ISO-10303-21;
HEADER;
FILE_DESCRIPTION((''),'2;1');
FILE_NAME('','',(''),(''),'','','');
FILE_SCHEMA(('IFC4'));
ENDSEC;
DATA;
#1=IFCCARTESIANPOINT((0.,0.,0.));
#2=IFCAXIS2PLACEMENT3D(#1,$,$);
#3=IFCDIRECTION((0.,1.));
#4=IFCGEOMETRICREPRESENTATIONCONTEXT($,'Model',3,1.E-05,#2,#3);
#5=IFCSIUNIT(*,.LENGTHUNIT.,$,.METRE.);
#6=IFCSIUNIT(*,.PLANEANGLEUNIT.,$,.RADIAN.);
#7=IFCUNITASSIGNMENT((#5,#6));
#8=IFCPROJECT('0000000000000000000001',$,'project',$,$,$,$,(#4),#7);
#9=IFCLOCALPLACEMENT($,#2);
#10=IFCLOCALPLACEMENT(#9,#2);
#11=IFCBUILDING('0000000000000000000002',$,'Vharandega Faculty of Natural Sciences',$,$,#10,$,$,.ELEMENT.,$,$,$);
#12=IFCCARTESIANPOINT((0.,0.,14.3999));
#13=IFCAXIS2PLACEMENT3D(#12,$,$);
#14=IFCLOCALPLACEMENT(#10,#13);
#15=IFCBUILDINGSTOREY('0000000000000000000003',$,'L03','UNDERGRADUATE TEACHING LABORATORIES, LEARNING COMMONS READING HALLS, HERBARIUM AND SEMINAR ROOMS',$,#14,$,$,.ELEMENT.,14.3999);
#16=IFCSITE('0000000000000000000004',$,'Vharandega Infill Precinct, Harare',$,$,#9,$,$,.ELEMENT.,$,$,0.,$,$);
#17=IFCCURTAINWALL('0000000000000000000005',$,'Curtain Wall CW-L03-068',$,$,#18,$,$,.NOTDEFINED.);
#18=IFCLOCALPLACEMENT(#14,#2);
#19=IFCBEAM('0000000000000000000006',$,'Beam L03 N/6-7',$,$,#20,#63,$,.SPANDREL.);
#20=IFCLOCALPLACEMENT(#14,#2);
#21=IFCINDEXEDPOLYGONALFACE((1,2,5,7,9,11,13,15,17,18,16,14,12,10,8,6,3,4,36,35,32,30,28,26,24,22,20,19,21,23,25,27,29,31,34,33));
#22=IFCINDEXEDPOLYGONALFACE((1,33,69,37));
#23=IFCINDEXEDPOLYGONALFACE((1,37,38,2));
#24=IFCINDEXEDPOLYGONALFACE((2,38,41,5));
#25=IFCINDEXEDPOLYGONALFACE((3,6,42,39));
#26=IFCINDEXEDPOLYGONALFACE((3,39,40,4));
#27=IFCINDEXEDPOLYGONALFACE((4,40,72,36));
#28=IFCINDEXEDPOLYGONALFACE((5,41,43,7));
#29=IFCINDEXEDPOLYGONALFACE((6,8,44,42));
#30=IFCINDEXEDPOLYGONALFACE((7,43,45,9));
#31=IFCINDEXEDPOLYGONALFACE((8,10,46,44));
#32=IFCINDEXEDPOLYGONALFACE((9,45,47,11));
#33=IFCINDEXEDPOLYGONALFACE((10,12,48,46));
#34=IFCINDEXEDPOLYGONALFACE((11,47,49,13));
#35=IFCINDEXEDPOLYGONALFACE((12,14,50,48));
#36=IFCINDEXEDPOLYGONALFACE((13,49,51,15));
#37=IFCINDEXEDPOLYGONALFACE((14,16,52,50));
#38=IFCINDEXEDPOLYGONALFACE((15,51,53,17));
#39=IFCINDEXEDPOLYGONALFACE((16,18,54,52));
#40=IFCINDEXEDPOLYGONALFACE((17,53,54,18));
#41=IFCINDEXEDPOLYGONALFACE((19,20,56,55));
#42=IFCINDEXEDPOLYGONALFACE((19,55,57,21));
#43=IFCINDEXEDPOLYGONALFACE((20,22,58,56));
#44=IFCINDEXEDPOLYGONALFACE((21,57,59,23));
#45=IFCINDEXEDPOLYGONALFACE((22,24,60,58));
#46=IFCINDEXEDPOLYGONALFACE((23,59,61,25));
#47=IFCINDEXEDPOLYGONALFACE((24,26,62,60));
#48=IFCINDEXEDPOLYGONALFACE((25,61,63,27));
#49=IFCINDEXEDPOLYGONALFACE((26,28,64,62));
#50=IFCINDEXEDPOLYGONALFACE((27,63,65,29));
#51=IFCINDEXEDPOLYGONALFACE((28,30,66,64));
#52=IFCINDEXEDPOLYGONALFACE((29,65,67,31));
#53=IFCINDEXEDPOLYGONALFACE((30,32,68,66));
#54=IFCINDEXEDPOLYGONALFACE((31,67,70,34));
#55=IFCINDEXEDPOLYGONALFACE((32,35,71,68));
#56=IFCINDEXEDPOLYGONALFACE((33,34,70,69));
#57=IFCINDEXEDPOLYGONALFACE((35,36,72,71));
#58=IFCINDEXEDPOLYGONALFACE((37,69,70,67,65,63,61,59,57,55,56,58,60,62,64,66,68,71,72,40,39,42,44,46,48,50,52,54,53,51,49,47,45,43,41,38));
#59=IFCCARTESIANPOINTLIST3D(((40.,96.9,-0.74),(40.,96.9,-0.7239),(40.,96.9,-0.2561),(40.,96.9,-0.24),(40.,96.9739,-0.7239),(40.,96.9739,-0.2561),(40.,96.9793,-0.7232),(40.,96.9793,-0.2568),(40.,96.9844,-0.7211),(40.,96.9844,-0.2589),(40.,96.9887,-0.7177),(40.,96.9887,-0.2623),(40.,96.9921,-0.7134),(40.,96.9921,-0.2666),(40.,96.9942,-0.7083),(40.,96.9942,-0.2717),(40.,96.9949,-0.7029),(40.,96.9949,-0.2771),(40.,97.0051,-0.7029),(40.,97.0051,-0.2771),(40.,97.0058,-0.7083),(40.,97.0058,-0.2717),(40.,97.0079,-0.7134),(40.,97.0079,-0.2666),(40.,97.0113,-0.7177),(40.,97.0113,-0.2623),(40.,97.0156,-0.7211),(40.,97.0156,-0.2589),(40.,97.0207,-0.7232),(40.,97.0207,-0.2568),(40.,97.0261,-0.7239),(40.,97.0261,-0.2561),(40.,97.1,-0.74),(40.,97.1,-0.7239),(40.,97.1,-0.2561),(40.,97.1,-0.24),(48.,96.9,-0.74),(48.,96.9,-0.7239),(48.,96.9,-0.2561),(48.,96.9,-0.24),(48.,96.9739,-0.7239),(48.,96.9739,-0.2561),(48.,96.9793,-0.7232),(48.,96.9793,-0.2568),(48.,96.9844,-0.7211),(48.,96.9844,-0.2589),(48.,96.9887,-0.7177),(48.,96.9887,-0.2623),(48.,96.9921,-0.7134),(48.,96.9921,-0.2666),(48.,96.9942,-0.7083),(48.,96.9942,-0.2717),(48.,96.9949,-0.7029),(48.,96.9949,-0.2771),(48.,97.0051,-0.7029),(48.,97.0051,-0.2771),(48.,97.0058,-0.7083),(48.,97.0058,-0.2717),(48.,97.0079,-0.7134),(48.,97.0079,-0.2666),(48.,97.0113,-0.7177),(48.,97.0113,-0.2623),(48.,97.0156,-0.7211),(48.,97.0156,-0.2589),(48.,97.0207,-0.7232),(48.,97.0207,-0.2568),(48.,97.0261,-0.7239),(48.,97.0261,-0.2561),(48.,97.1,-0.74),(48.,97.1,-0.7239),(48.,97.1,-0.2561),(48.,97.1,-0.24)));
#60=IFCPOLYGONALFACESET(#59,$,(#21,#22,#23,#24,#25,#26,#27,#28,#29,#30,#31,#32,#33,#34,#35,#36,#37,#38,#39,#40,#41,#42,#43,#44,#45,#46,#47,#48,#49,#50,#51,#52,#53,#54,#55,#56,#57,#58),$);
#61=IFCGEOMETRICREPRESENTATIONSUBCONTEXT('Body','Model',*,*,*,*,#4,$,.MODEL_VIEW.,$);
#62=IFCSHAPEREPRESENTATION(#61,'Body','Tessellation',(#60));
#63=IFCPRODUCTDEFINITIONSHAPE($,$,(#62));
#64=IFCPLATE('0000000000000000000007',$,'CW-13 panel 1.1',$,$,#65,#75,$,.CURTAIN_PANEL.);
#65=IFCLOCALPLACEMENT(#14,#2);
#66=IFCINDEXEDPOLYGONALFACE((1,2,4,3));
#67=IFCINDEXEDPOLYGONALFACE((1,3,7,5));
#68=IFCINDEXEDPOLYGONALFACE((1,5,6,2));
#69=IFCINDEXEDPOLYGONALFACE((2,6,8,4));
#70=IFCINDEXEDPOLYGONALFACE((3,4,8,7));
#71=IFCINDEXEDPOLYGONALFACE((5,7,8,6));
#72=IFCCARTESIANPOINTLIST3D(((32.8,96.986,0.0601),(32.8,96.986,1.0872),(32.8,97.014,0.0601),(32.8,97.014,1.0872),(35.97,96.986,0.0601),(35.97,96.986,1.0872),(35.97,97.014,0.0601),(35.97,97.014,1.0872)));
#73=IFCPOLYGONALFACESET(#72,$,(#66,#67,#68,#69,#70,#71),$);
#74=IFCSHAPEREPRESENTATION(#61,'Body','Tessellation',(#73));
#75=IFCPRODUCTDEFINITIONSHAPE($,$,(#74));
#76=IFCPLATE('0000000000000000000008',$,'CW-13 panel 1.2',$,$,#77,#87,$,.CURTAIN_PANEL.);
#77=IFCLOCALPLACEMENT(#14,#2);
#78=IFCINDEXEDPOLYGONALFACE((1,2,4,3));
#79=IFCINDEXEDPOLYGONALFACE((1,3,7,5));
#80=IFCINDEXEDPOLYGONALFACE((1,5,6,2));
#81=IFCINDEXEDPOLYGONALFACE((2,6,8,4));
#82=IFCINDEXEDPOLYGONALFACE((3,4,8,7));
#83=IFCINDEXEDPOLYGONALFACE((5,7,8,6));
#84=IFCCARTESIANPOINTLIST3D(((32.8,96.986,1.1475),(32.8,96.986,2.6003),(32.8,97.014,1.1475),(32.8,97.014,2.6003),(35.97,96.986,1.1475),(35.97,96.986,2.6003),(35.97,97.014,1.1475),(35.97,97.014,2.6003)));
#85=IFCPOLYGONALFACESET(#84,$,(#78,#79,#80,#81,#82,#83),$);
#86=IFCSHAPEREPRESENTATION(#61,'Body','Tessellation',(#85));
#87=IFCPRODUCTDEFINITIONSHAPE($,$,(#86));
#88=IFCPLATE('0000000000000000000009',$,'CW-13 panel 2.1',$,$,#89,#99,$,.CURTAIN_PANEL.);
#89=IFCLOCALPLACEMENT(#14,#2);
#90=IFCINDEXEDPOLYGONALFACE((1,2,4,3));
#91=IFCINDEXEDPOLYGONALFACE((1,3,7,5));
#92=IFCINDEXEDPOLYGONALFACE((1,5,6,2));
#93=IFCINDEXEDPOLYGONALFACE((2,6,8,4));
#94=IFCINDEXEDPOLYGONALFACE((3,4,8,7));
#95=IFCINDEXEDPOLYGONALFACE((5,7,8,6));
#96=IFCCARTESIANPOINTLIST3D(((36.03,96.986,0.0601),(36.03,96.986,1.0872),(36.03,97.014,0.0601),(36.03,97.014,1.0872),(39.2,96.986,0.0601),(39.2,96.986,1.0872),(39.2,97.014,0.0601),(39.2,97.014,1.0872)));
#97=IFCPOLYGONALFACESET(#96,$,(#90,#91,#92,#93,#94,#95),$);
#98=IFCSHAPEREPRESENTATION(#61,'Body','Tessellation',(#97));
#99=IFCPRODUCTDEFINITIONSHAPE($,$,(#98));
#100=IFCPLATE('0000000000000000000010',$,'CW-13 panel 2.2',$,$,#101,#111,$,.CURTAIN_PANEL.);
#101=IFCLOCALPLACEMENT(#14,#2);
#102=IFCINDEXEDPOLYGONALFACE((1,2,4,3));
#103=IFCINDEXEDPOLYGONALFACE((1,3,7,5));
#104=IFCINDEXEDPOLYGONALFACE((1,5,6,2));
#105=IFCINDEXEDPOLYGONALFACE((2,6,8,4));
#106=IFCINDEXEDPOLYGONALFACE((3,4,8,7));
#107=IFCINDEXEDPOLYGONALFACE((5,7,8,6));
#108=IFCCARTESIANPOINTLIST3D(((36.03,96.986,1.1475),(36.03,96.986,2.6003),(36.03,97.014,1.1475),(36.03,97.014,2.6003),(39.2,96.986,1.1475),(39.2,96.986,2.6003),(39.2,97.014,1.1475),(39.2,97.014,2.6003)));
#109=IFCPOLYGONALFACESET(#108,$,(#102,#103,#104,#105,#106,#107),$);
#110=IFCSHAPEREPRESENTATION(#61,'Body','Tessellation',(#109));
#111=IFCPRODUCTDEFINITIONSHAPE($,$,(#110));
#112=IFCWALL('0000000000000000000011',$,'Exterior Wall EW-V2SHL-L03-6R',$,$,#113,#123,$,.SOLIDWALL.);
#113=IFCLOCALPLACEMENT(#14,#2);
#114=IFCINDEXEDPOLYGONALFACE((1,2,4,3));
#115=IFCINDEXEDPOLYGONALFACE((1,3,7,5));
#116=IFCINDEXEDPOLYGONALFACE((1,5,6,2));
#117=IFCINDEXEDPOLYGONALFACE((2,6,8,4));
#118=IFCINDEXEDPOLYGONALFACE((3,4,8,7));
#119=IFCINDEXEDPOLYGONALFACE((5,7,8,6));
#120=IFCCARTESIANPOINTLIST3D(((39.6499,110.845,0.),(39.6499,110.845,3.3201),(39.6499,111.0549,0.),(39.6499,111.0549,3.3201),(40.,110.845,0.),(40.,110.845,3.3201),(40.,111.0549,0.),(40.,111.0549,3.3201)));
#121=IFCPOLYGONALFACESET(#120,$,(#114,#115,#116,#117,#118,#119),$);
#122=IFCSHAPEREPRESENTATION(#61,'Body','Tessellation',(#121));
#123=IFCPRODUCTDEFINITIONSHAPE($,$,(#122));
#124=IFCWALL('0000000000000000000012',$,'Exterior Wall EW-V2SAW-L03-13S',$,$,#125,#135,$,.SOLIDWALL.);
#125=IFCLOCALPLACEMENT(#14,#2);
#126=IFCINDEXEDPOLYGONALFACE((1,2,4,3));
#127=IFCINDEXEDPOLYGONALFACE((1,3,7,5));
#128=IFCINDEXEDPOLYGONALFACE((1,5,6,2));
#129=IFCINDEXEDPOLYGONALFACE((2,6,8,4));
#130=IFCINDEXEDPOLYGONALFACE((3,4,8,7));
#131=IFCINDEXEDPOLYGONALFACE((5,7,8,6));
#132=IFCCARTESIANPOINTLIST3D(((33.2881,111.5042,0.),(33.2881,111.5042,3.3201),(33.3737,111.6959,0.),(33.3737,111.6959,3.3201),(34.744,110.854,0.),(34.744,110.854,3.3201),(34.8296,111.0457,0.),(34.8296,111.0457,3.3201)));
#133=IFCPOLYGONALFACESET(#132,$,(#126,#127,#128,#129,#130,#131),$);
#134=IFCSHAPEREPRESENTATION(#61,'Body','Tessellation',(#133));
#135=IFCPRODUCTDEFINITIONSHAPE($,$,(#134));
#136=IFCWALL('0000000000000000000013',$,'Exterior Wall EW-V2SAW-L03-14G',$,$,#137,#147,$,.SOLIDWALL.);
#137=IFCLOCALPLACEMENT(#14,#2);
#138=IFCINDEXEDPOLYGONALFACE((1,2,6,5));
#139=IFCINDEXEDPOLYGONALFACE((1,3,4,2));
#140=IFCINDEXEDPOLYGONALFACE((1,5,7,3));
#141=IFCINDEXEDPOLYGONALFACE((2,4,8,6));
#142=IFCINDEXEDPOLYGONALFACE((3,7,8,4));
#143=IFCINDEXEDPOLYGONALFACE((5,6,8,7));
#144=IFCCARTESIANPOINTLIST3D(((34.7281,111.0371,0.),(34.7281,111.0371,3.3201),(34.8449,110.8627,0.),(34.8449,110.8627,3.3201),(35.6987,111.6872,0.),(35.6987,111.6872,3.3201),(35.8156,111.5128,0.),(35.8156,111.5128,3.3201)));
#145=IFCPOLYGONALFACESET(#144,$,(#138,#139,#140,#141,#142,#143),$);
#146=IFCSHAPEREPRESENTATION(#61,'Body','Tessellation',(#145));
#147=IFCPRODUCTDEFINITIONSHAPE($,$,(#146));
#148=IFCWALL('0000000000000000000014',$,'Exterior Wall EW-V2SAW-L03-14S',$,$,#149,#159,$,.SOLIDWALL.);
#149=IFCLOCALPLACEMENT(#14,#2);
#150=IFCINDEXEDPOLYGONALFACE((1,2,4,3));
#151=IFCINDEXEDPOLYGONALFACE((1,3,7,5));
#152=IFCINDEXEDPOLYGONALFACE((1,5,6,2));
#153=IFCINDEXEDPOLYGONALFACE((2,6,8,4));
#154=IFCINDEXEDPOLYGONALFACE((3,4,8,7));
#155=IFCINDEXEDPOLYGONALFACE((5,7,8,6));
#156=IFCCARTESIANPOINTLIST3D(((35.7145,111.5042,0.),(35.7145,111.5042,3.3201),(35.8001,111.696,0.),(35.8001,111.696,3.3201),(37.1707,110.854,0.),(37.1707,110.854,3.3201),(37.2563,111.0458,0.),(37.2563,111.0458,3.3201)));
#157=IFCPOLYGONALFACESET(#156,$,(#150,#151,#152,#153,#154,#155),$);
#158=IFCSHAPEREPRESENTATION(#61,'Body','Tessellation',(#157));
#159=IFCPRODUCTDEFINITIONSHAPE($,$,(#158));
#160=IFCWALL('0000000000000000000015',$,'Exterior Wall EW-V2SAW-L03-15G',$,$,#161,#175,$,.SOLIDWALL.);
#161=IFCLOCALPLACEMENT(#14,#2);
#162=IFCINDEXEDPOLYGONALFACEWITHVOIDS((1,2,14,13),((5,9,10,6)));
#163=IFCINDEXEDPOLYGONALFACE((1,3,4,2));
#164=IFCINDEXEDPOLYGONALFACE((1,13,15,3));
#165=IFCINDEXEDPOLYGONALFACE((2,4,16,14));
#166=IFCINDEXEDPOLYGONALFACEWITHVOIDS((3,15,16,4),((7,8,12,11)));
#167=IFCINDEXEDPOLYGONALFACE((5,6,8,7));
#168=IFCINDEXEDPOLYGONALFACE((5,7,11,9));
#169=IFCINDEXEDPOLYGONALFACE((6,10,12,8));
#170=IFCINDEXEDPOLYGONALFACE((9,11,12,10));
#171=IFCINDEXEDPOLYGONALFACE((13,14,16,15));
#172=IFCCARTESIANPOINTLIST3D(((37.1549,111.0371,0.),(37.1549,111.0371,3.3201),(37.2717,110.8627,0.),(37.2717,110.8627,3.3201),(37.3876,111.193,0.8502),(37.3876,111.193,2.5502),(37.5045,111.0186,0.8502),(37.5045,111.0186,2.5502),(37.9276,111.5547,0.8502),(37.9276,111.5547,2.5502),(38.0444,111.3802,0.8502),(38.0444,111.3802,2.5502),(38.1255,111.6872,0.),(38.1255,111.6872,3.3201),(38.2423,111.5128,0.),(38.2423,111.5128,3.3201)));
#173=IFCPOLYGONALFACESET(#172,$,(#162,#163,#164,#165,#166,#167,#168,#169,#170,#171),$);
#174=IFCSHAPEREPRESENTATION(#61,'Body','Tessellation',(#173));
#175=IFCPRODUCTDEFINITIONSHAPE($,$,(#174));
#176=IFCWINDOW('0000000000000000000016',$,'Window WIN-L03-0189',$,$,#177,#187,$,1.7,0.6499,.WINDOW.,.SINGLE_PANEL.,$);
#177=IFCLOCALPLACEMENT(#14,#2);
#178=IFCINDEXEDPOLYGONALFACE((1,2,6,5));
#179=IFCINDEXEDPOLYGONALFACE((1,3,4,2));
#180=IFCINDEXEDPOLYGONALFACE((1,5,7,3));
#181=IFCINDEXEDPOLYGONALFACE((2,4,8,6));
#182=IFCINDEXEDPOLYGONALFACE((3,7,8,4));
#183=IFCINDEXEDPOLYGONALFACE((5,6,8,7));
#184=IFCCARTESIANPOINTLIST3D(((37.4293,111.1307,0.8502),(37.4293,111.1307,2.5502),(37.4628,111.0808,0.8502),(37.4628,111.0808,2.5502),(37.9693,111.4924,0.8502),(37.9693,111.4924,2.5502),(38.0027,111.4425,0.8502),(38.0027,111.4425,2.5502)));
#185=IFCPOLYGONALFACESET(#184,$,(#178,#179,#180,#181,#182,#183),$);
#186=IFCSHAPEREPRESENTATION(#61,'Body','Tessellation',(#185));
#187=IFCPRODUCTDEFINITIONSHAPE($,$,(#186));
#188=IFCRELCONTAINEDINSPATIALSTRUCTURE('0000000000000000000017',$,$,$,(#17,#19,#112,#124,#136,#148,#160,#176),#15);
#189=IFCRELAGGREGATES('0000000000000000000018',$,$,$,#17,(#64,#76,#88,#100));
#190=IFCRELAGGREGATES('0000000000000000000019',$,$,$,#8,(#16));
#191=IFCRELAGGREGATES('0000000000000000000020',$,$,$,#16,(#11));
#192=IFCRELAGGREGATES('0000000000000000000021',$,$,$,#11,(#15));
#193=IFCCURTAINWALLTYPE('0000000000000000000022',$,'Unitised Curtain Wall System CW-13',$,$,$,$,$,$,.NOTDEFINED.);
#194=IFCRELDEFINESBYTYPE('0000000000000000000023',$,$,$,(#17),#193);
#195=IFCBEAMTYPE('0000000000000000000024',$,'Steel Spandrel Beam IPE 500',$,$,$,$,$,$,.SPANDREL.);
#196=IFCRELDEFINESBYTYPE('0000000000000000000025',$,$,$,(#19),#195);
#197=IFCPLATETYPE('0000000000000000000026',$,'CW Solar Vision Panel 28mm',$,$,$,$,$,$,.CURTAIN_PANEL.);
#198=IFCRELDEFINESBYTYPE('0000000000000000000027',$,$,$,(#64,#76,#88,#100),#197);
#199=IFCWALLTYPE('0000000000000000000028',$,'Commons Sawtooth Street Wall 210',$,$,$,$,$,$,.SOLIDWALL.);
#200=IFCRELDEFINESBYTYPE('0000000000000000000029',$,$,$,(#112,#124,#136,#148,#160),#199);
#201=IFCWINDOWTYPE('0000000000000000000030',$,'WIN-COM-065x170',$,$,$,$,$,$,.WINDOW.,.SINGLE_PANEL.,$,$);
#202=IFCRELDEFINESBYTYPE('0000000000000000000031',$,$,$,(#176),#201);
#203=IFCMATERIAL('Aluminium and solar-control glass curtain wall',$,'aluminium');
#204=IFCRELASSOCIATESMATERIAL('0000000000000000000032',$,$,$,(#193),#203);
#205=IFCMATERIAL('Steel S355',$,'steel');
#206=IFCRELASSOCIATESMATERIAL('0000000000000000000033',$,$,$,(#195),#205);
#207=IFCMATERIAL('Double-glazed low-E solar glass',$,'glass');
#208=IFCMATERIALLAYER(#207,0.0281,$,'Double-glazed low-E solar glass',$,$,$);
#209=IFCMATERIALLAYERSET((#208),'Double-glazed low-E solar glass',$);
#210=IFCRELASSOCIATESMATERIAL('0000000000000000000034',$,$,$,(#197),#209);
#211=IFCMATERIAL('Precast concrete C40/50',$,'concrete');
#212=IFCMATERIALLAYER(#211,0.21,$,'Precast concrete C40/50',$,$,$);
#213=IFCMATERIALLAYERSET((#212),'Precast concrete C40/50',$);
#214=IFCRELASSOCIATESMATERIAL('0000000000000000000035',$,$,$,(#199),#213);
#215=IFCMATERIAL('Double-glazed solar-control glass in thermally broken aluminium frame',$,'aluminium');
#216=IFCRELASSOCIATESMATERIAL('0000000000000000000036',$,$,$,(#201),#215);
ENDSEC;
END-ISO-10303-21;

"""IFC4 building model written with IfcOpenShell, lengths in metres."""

from ifc_helpers import new_model, si_unit, direction, frame, frame_2d, origin, origin_2d, place, context, subcontext, project, spatial, rectangle, i_section, extrude, material, layer, layer_set, material_profile, profile_set, type_object, element, fill, aggregate, save


model = new_model("IFC4")

# Units and contexts
model_context = context("Model", 3, precision=1e-05, world=origin(), true_north=direction((0.0, 1.0)))
body_context = subcontext(model_context, "Body", "Model", "MODEL_VIEW")
ifc_project = project(units=[si_unit("LENGTHUNIT", "METRE"), si_unit("PLANEANGLEUNIT", "RADIAN")], contexts=[model_context])

# Site, building, storey
site_placement = place(None, origin())
site = spatial("IfcSite", under=ifc_project, at=site_placement, Name="Vharandega Infill Precinct, Harare", CompositionType="ELEMENT", RefElevation=0.0)
building_placement = place(site_placement, origin())
building = spatial("IfcBuilding", under=site, at=building_placement, Name="Vharandega Faculty of Natural Sciences", CompositionType="ELEMENT")
storey_placement = place(building_placement, frame((0.0, 0.0, 14.3999)))
storey = spatial("IfcBuildingStorey", under=building, at=storey_placement, Name="L03", Description="UNDERGRADUATE TEACHING LABORATORIES, LEARNING COMMONS READING HALLS, HERBARIUM AND SEMINAR ROOMS", CompositionType="ELEMENT", Elevation=14.3999)

# Curtain wall
ifc_material_1 = material(Name="Aluminium and solar-control glass curtain wall", Category="aluminium")
curtain_wall_type = type_object("IfcCurtainWallType", Name="Unitised Curtain Wall System CW-13", PredefinedType="NOTDEFINED", material=ifc_material_1)
curtain_wall_placement = place(storey_placement, origin())
curtain_wall = element("IfcCurtainWall", 1, at=curtain_wall_placement, inside=storey, type_object=curtain_wall_type, Name="Curtain Wall CW-L03-068", PredefinedType="NOTDEFINED")

# Beam
ifc_material_2 = material(Name="Steel S355", Category="steel")
ifc_material_profile_1 = material_profile(ifc_material_2, i_section(OverallWidth=0.2, OverallDepth=0.5, WebThickness=0.0103, FlangeThickness=0.0161, FilletRadius=0.021, at=origin_2d()), Name="IPE 500")
ifc_profile_set_1 = profile_set([ifc_material_profile_1], Name="Steel S355")
beam_type_1 = type_object("IfcBeamType", Name="Steel Spandrel Beam IPE 500", PredefinedType="SPANDREL", material=ifc_profile_set_1)
beam_1_placement = place(storey_placement, frame((40.0, 97.0, -0.49), z_axis=(1.0, 0.0, 0.0), x_axis=(0.0, 1.0, 0.0)))
element("IfcBeam", 2, at=beam_1_placement, inside=storey, type_object=beam_type_1, Name="Beam L03 N/6-7", PredefinedType="SPANDREL", context=body_context, shape_type="SweptSolid", body=[
    extrude(i_section(OverallWidth=0.2, OverallDepth=0.5, WebThickness=0.0103, FlangeThickness=0.0161, FilletRadius=0.021, at=origin_2d()), origin(), (0.0, 0.0, 1.0), 8.0),
])

# Plates
ifc_material_3 = material(Name="Double-glazed low-E solar glass", Category="glass")
ifc_layer_1 = layer(ifc_material_3, 0.0281, Name="Double-glazed low-E solar glass")
ifc_layer_set_1 = layer_set([ifc_layer_1], Name="Double-glazed low-E solar glass")
plate_type = type_object("IfcPlateType", Name="CW Solar Vision Panel 28mm", PredefinedType="CURTAIN_PANEL", material=ifc_layer_set_1)
plate_1_placement = place(storey_placement, frame((34.385, 97.0, 0.0601), z_axis=(0.0, 0.0, 1.0), x_axis=(1.0, 0.0, 0.0)))
plate_1 = element("IfcPlate", 3, at=plate_1_placement, type_object=plate_type, Name="CW-13 panel 1.1", PredefinedType="CURTAIN_PANEL", context=body_context, shape_type="SweptSolid", body=[
    extrude(rectangle(XDim=3.1699, YDim=0.0281, at=origin_2d()), origin(), (0.0, 0.0, 1.0), 1.0271),
])
plate_2_placement = place(storey_placement, frame((34.385, 97.0, 1.1475), z_axis=(0.0, 0.0, 1.0), x_axis=(1.0, 0.0, 0.0)))
plate_2 = element("IfcPlate", 4, at=plate_2_placement, type_object=plate_type, Name="CW-13 panel 1.2", PredefinedType="CURTAIN_PANEL", context=body_context, shape_type="SweptSolid", body=[
    extrude(rectangle(XDim=3.1699, YDim=0.0281, at=origin_2d()), origin(), (0.0, 0.0, 1.0), 1.4529),
])
plate_3_placement = place(storey_placement, frame((37.615, 97.0, 0.0601), z_axis=(0.0, 0.0, 1.0), x_axis=(1.0, 0.0, 0.0)))
plate_3 = element("IfcPlate", 5, at=plate_3_placement, type_object=plate_type, Name="CW-13 panel 2.1", PredefinedType="CURTAIN_PANEL", context=body_context, shape_type="SweptSolid", body=[
    extrude(rectangle(XDim=3.1699, YDim=0.0281, at=origin_2d()), origin(), (0.0, 0.0, 1.0), 1.0271),
])
plate_4_placement = place(storey_placement, frame((37.615, 97.0, 1.1475), z_axis=(0.0, 0.0, 1.0), x_axis=(1.0, 0.0, 0.0)))
plate_4 = element("IfcPlate", 6, at=plate_4_placement, type_object=plate_type, Name="CW-13 panel 2.2", PredefinedType="CURTAIN_PANEL", context=body_context, shape_type="SweptSolid", body=[
    extrude(rectangle(XDim=3.1699, YDim=0.0281, at=origin_2d()), origin(), (0.0, 0.0, 1.0), 1.4529),
])
aggregate(curtain_wall, [plate_1, plate_2, plate_3, plate_4])

# Walls
ifc_material_4 = material(Name="Precast concrete C40/50", Category="concrete")
ifc_layer_2 = layer(ifc_material_4, 0.21, Name="Precast concrete C40/50")
ifc_layer_set_2 = layer_set([ifc_layer_2], Name="Precast concrete C40/50")
wall_type_1 = type_object("IfcWallType", Name="Commons Sawtooth Street Wall 210", PredefinedType="SOLIDWALL", material=ifc_layer_set_2)
wall_1_placement = place(storey_placement, frame((39.6499, 110.95, 0.0), z_axis=(0.0, 0.0, 1.0), x_axis=(1.0, 0.0, 0.0)))
element("IfcWall", 7, at=wall_1_placement, inside=storey, type_object=wall_type_1, Name="Exterior Wall EW-V2SHL-L03-6R", PredefinedType="SOLIDWALL", context=body_context, shape_type="SweptSolid", body=[
    extrude(rectangle(XDim=0.3501, YDim=0.21, at=frame_2d((0.175, 0.0))), origin(), (0.0, 0.0, 1.0), 3.3201),
])
wall_2_placement = place(storey_placement, frame((33.3308, 111.6001, 0.0), z_axis=(0.0, 0.0, 1.0), x_axis=(0.913084, -0.407772, 0.0)))
element("IfcWall", 8, at=wall_2_placement, inside=storey, type_object=wall_type_1, Name="Exterior Wall EW-V2SAW-L03-13S", PredefinedType="SOLIDWALL", context=body_context, shape_type="SweptSolid", body=[
    extrude(rectangle(XDim=1.5945, YDim=0.21, at=frame_2d((0.7974, 0.0))), origin(), (0.0, 0.0, 1.0), 3.3201),
])
wall_3_placement = place(storey_placement, frame((34.7866, 110.95, 0.0), z_axis=(0.0, 0.0, 1.0), x_axis=(0.830859, 0.556483, 0.0)))
element("IfcWall", 9, at=wall_3_placement, inside=storey, type_object=wall_type_1, Name="Exterior Wall EW-V2SAW-L03-14G", PredefinedType="SOLIDWALL", context=body_context, shape_type="SweptSolid", body=[
    extrude(rectangle(XDim=1.1682, YDim=0.21, at=frame_2d((0.584, 0.0))), origin(), (0.0, 0.0, 1.0), 3.3201),
])
wall_4_placement = place(storey_placement, frame((35.7573, 111.6001, 0.0), z_axis=(0.0, 0.0, 1.0), x_axis=(0.913109, -0.407715, 0.0)))
element("IfcWall", 10, at=wall_4_placement, inside=storey, type_object=wall_type_1, Name="Exterior Wall EW-V2SAW-L03-14S", PredefinedType="SOLIDWALL", context=body_context, shape_type="SweptSolid", body=[
    extrude(rectangle(XDim=1.5947, YDim=0.21, at=frame_2d((0.7974, 0.0))), origin(), (0.0, 0.0, 1.0), 3.3201),
])

# Wall, opening, window
wall_5_placement = place(storey_placement, frame((37.2134, 110.95, 0.0), z_axis=(0.0, 0.0, 1.0), x_axis=(0.830859, 0.556483, 0.0)))
wall_5 = element("IfcWall", 11, at=wall_5_placement, inside=storey, type_object=wall_type_1, Name="Exterior Wall EW-V2SAW-L03-15G", PredefinedType="SOLIDWALL", context=body_context, shape_type="SweptSolid", body=[
    extrude(rectangle(XDim=1.1682, YDim=0.21, at=frame_2d((0.584, 0.0))), origin(), (0.0, 0.0, 1.0), 3.3201),
])
opening_placement = place(wall_5_placement, frame((0.28, 0.0, 0.8501)))
opening = element("IfcOpeningElement", 12, at=opening_placement, cuts=wall_5, PredefinedType="OPENING", context=body_context, shape_type="SweptSolid", body=[
    extrude(rectangle(XDim=0.6499, YDim=1.7, at=frame_2d((0.325, 0.8501))), frame((0.0, 0.115, 0.0), z_axis=(0.0, -1.0, 0.0), x_axis=(1.0, 0.0, 0.0)), (0.0, 0.0, 1.0), 0.23),
])
ifc_material_5 = material(Name="Double-glazed solar-control glass in thermally broken aluminium frame", Category="aluminium")
window_type = type_object("IfcWindowType", Name="WIN-COM-065x170", PartitioningType="SINGLE_PANEL", PredefinedType="WINDOW", material=ifc_material_5)
window_placement = place(opening_placement, origin())
window = element("IfcWindow", 13, at=window_placement, inside=storey, type_object=window_type, Name="Window WIN-L03-0189", OverallHeight=1.7, OverallWidth=0.6499, PartitioningType="SINGLE_PANEL", PredefinedType="WINDOW", context=body_context, shape_type="SweptSolid", body=[
    extrude(rectangle(XDim=0.6499, YDim=1.7, at=frame_2d((0.325, 0.8501))), frame((0.0, 0.03, 0.0), z_axis=(0.0, -1.0, 0.0), x_axis=(1.0, 0.0, 0.0)), (0.0, 0.0, 1.0), 0.0601),
])
fill(opening, window)

save(model, "model.ifc")
